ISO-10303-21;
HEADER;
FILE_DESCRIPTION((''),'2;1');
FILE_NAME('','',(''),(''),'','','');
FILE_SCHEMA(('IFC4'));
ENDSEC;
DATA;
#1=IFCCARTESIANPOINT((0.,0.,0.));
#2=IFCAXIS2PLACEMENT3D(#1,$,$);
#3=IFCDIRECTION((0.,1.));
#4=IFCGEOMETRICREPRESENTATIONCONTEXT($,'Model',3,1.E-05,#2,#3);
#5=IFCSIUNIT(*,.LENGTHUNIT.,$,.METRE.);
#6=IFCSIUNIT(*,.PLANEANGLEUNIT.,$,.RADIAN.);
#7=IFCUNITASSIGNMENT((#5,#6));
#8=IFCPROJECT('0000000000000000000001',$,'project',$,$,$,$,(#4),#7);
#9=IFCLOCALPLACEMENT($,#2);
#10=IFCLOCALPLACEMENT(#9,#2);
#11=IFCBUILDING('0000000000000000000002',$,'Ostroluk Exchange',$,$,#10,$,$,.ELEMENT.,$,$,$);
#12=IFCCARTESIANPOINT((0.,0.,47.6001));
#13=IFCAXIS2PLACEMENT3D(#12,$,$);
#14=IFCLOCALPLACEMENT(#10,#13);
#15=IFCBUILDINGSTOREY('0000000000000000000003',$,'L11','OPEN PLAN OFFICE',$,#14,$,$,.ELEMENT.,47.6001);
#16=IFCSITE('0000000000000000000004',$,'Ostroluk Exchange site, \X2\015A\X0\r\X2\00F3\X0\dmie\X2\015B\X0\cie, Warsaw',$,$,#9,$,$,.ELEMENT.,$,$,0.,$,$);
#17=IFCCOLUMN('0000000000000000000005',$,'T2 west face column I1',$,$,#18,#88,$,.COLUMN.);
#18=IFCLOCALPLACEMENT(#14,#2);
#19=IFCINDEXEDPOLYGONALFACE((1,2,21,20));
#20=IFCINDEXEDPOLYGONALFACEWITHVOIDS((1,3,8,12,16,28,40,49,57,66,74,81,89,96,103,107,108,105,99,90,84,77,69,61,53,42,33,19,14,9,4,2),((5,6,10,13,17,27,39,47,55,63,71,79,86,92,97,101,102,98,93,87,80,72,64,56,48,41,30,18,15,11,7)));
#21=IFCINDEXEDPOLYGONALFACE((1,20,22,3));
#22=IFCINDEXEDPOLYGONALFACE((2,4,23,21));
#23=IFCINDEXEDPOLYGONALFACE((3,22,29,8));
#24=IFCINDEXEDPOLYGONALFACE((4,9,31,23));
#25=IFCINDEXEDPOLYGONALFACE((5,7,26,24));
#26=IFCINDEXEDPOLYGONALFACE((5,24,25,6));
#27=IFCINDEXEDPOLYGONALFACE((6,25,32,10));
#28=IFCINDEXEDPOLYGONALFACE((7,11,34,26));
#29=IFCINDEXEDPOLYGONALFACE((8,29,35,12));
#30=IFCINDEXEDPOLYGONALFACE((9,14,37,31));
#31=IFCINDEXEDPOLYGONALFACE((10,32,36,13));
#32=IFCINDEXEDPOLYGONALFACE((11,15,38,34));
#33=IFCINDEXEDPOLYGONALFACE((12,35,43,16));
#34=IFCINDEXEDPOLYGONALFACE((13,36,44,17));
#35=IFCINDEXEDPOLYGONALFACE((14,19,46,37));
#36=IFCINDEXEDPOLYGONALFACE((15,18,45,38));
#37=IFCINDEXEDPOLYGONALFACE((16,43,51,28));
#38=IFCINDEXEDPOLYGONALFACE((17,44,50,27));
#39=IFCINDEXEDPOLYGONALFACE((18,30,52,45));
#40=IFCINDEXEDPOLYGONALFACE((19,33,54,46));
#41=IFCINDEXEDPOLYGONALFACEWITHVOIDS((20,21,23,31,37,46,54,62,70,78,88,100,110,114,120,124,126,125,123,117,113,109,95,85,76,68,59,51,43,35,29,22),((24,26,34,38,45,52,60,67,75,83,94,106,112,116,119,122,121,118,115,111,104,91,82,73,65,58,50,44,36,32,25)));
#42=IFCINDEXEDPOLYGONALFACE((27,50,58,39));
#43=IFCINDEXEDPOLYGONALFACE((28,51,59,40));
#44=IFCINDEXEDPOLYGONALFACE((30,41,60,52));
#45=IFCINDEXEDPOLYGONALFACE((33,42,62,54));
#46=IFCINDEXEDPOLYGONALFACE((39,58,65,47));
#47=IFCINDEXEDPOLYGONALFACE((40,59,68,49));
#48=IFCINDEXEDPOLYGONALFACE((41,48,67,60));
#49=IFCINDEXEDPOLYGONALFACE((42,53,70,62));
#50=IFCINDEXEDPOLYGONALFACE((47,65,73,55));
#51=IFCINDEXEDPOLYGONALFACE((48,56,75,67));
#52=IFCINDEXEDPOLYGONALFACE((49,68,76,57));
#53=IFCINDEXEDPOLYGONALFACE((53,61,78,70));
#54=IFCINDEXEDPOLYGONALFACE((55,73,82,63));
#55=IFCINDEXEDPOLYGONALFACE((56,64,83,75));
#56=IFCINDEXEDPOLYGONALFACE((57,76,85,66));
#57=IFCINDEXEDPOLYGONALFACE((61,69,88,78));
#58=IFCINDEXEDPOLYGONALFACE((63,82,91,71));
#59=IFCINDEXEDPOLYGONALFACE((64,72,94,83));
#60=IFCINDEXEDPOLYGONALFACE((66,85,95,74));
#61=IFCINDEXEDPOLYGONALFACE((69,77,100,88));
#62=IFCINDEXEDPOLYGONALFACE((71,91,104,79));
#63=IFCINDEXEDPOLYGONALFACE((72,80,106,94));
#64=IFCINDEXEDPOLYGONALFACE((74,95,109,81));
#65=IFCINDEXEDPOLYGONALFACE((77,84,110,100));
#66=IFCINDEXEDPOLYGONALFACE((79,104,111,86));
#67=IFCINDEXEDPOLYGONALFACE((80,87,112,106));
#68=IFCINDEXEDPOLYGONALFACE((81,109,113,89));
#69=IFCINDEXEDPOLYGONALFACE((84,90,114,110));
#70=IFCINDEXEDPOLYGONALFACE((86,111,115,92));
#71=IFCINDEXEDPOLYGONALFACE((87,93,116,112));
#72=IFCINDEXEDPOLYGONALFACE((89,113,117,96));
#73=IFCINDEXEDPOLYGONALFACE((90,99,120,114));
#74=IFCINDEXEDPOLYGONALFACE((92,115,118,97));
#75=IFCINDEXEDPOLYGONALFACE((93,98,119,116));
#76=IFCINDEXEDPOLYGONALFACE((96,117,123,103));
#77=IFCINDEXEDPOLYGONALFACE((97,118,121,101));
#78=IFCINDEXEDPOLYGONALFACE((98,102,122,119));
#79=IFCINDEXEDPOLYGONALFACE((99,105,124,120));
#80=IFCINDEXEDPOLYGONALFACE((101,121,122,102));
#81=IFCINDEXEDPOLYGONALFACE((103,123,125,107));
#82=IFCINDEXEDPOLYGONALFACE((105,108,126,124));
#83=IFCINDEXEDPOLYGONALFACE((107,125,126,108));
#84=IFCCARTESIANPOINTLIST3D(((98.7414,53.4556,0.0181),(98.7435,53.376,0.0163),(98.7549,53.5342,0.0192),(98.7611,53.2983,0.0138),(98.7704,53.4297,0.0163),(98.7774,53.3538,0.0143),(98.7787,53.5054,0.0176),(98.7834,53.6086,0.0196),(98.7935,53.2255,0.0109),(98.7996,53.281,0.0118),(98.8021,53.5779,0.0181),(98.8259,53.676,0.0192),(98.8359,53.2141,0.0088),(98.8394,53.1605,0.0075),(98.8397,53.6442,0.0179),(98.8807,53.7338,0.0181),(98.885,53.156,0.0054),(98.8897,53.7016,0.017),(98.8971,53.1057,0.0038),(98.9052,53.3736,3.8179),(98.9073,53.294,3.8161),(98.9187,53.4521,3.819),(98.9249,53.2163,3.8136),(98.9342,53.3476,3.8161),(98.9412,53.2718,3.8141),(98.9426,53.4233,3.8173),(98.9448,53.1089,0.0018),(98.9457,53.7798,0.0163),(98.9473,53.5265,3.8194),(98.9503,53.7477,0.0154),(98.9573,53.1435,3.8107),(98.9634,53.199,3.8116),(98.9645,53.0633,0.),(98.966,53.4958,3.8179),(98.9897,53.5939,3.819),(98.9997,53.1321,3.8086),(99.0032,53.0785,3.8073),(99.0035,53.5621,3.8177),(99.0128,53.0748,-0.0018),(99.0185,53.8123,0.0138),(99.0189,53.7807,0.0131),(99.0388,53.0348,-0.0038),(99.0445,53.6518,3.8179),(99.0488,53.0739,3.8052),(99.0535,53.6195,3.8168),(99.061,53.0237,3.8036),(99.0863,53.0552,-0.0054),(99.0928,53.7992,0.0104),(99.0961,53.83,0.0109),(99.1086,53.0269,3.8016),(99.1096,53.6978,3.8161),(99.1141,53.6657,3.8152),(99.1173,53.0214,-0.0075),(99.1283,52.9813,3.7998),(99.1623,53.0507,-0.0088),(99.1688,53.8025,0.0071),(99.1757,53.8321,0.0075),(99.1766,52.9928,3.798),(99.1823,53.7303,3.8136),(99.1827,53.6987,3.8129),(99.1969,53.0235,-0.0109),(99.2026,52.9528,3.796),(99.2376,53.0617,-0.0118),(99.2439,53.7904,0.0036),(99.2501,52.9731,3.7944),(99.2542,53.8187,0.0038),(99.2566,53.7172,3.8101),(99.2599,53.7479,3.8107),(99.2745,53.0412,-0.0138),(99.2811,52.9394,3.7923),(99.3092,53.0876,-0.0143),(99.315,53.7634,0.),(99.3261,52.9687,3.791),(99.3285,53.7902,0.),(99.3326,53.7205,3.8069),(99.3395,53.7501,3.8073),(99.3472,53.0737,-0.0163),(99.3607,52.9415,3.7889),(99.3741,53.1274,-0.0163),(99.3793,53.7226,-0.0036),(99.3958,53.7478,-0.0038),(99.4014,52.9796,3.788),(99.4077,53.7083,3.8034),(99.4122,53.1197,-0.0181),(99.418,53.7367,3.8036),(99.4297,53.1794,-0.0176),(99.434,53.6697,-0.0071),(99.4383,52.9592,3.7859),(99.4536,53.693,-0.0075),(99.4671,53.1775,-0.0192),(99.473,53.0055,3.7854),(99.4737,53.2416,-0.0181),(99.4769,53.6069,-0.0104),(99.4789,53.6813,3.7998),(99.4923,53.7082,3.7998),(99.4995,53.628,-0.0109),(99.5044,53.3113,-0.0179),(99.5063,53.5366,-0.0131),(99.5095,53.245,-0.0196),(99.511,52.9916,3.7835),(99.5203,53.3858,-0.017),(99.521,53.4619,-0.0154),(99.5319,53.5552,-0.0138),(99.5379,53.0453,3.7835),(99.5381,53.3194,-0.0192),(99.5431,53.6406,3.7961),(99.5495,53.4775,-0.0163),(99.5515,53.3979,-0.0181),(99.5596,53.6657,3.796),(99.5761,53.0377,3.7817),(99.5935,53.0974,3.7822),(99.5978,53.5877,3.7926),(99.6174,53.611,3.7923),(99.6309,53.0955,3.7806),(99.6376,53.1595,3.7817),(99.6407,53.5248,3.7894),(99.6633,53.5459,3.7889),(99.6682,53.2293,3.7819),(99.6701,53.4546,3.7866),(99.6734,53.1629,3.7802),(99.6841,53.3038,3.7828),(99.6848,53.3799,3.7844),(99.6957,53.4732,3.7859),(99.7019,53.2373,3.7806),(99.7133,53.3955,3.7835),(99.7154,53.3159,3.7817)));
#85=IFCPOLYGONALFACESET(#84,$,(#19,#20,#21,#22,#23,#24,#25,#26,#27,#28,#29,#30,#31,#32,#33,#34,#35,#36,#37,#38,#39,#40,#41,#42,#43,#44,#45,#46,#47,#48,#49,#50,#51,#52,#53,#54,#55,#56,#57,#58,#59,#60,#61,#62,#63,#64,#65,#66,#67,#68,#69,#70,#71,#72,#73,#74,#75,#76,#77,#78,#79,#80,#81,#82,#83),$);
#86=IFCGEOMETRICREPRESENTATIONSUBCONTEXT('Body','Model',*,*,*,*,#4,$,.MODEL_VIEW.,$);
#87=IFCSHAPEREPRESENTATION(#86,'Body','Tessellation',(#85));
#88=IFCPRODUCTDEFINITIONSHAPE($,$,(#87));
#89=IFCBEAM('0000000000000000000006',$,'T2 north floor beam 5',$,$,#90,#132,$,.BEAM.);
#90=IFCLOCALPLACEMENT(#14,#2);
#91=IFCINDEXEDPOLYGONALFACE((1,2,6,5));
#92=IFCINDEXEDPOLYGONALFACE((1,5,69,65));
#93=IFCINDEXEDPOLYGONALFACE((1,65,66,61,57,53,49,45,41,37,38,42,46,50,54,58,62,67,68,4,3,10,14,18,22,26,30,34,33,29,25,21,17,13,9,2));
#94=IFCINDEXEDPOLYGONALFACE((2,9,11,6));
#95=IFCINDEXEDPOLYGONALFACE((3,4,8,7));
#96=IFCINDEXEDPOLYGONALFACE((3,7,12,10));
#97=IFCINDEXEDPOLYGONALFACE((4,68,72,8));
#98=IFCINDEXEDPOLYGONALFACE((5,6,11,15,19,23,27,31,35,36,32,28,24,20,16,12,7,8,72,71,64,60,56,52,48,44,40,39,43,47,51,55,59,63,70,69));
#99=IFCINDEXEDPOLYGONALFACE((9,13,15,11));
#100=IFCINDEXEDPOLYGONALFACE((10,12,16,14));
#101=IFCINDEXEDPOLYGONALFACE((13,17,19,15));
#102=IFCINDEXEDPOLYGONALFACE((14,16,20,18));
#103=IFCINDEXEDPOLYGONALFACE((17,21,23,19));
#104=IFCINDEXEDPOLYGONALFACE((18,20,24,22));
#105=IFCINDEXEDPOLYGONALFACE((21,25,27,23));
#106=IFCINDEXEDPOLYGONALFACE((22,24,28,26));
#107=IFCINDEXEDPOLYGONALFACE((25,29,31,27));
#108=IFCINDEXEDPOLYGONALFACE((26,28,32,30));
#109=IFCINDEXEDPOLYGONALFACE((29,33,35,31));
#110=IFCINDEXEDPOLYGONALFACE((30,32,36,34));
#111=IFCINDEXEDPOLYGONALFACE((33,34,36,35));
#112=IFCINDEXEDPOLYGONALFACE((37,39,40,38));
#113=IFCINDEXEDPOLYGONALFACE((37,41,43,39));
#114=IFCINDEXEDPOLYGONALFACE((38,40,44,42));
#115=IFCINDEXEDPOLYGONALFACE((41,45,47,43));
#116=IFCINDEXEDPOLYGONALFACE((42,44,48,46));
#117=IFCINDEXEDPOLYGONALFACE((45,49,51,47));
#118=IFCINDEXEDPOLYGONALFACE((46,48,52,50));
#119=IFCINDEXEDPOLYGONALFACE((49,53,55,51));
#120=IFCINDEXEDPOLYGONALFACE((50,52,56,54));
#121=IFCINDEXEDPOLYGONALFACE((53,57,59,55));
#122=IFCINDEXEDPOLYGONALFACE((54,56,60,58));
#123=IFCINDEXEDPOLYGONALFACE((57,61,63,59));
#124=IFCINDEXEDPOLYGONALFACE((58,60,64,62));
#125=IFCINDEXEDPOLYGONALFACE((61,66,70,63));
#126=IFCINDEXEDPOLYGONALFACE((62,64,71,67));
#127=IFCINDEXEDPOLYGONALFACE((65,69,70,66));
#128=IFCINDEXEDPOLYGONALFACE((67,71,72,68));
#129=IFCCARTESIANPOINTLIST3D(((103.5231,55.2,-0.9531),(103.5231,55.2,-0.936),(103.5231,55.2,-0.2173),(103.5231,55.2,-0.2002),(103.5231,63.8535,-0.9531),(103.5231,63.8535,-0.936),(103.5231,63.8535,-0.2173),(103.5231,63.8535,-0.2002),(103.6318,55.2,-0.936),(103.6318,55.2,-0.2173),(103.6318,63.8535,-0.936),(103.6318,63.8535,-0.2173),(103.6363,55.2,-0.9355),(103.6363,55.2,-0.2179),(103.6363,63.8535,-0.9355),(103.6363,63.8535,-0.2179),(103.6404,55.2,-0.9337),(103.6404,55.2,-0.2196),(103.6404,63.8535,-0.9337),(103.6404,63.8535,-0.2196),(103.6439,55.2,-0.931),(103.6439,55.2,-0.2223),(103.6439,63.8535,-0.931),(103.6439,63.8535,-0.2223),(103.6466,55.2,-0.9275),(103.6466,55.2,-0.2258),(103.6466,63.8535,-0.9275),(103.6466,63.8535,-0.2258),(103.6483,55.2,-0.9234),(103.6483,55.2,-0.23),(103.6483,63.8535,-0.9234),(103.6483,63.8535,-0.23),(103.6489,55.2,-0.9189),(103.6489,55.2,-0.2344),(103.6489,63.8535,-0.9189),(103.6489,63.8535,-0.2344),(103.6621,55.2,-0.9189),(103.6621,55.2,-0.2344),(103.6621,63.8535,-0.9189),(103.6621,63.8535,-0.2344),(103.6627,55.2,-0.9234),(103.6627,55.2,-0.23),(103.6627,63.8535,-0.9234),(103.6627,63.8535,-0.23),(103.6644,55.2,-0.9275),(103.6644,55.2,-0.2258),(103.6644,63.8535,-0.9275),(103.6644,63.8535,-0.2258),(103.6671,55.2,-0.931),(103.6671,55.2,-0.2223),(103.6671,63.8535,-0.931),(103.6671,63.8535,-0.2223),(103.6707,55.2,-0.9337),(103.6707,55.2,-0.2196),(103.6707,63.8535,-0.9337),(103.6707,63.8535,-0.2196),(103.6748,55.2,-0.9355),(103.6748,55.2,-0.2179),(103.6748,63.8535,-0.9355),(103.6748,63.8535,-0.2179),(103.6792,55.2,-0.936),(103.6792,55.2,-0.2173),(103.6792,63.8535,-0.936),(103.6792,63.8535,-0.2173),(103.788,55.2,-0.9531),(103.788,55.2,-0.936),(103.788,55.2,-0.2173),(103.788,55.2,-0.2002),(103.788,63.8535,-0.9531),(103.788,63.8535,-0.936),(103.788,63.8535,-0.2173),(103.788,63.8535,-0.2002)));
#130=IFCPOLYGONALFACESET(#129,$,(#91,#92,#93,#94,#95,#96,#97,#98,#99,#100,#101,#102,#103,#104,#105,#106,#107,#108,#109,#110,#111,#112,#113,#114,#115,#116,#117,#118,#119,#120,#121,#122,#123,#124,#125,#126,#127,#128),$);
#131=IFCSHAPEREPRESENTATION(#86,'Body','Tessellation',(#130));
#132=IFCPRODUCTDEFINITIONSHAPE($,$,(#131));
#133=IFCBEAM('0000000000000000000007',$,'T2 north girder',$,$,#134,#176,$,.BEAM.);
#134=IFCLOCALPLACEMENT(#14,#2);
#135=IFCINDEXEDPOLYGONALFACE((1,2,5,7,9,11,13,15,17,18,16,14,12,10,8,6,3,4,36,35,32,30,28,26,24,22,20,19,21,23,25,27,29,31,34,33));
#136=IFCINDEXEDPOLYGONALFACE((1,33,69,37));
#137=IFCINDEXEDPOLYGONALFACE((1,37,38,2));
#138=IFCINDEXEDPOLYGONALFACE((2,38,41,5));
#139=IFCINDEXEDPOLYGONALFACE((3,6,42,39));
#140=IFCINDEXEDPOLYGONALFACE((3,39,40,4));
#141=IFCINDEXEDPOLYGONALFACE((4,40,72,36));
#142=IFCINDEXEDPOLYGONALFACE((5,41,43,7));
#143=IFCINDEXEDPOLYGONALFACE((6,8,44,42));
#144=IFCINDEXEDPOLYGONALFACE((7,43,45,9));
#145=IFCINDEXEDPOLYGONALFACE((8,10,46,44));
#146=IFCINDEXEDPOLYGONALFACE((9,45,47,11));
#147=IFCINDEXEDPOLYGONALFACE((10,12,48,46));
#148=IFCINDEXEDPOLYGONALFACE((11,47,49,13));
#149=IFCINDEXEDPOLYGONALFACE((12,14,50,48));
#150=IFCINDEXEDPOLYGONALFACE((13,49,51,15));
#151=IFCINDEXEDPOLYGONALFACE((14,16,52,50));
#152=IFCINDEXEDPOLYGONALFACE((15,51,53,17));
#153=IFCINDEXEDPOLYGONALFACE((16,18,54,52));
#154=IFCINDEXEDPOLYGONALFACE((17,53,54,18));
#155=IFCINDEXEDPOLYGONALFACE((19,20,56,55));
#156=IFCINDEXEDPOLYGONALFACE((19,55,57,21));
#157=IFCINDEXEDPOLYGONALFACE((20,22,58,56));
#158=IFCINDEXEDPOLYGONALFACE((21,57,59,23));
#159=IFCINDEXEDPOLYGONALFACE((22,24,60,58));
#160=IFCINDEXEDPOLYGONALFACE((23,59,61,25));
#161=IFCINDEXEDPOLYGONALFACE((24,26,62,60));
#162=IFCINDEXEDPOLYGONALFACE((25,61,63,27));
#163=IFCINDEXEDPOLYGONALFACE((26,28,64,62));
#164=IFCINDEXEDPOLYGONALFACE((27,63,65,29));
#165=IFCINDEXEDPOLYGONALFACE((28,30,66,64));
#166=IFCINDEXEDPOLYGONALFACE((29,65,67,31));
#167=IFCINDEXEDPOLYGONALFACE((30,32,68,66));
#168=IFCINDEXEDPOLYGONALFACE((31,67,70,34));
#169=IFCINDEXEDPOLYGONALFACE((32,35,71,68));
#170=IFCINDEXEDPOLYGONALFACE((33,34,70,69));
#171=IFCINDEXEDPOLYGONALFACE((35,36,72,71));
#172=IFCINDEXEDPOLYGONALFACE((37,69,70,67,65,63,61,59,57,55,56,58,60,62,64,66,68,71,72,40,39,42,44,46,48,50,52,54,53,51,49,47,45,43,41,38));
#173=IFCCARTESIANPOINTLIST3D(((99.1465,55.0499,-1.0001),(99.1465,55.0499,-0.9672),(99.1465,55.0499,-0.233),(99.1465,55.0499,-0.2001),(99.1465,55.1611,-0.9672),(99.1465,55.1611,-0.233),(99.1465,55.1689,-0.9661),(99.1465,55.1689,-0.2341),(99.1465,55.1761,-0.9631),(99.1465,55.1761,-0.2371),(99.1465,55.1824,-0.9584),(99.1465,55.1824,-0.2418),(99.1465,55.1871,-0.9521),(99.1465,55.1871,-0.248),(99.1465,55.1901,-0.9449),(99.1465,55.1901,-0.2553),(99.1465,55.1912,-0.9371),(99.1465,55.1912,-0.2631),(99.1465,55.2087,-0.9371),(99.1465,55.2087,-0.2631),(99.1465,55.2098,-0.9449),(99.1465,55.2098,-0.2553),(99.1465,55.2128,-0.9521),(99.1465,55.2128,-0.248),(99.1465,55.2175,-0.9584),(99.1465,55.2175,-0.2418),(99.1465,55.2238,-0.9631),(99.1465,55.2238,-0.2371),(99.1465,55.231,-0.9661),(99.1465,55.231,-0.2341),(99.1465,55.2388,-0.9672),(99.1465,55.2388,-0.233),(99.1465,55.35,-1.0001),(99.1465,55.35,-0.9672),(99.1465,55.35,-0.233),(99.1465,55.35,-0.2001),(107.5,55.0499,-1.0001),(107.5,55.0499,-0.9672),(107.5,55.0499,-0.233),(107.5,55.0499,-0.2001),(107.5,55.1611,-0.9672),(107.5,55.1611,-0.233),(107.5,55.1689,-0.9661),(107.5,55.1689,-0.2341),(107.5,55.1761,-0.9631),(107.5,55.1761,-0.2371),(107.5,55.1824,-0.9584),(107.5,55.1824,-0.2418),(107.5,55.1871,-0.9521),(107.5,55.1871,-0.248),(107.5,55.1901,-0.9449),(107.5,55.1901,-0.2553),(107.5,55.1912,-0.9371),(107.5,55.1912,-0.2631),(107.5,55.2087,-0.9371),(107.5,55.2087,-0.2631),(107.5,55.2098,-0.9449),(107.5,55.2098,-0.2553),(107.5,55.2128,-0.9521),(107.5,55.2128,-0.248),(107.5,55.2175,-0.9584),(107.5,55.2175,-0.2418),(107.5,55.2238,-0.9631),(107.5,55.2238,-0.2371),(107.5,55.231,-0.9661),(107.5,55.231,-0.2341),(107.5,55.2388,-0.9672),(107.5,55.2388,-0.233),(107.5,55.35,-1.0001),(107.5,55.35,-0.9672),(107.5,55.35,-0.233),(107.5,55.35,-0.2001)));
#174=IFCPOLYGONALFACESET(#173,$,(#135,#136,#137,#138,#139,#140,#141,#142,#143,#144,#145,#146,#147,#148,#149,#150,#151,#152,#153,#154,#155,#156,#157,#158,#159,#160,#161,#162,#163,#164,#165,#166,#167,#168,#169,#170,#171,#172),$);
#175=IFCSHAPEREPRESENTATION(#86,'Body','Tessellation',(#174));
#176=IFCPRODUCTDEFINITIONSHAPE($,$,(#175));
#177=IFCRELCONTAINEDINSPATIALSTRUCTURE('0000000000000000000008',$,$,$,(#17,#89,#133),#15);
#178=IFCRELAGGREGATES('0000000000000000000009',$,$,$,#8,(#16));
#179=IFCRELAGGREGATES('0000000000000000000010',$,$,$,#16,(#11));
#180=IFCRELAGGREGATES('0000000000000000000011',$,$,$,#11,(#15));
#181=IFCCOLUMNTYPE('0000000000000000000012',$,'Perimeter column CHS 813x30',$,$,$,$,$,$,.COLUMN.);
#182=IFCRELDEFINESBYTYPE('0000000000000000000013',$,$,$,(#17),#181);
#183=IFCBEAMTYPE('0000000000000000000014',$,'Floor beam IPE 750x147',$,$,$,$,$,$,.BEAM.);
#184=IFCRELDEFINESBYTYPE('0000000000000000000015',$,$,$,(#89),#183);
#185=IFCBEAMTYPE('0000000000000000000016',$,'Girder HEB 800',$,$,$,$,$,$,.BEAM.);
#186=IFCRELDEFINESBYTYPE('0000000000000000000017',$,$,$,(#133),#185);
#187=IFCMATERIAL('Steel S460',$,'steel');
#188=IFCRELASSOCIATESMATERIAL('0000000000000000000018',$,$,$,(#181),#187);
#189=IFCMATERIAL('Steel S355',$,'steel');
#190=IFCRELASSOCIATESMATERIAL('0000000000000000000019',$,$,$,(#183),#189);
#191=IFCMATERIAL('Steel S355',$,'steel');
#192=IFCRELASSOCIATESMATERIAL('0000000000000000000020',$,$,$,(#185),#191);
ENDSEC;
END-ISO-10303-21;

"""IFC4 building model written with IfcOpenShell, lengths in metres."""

from ifc_helpers import new_model, si_unit, direction, frame, origin, origin_2d, place, context, subcontext, project, spatial, hollow_circle, i_section, extrude, material, material_profile, profile_set, type_object, element, save


model = new_model("IFC4")

# Units and contexts
model_context = context("Model", 3, precision=1e-05, world=origin(), true_north=direction((0.0, 1.0)))
body_context = subcontext(model_context, "Body", "Model", "MODEL_VIEW")
ifc_project = project(units=[si_unit("LENGTHUNIT", "METRE"), si_unit("PLANEANGLEUNIT", "RADIAN")], contexts=[model_context])

# Site, building, storey
site_placement = place(None, origin())
site = spatial("IfcSite", under=ifc_project, at=site_placement, Name="Ostroluk Exchange site, Śródmieście, Warsaw", CompositionType="ELEMENT", RefElevation=0.0)
building_placement = place(site_placement, origin())
building = spatial("IfcBuilding", under=site, at=building_placement, Name="Ostroluk Exchange", CompositionType="ELEMENT")
storey_placement = place(building_placement, frame((0.0, 0.0, 47.6001)))
storey = spatial("IfcBuildingStorey", under=building, at=storey_placement, Name="L11", Description="OPEN PLAN OFFICE", CompositionType="ELEMENT", Elevation=47.6001)

# Column
ifc_material_1 = material(Name="Steel S460", Category="steel")
ifc_material_profile_1 = material_profile(ifc_material_1, hollow_circle(Radius=0.4065, WallThickness=0.03, at=origin_2d()), Name="CHS 813x30")
ifc_profile_set_1 = profile_set([ifc_material_profile_1], Name="Steel S460")
column_type = type_object("IfcColumnType", Name="Perimeter column CHS 813x30", PredefinedType="COLUMN", material=ifc_profile_set_1)
column_placement = place(storey_placement, frame((99.1465, 53.4268, 0.0), z_axis=(0.043062, -0.021563, 0.99884), x_axis=(0.447747, 0.894161, 0.0)))
element("IfcColumn", 1, at=column_placement, inside=storey, type_object=column_type, Name="T2 west face column I1", PredefinedType="COLUMN", context=body_context, shape_type="SweptSolid", body=[
    extrude(hollow_circle(Radius=0.4065, WallThickness=0.03, at=origin_2d()), origin(), (0.0, 0.0, 1.0), 3.8042),
])

# Beams
ifc_material_2 = material(Name="Steel S355", Category="steel")
ifc_material_profile_2 = material_profile(ifc_material_2, i_section(OverallWidth=0.2649, OverallDepth=0.7529, WebThickness=0.0132, FlangeThickness=0.0171, FilletRadius=0.0171, at=origin_2d()), Name="IPE 750x147")
ifc_profile_set_2 = profile_set([ifc_material_profile_2], Name="Steel S355")
beam_type_1 = type_object("IfcBeamType", Name="Floor beam IPE 750x147", PredefinedType="BEAM", material=ifc_profile_set_2)
beam_1_placement = place(storey_placement, frame((103.6555, 55.2, -0.5767), z_axis=(0.0, 1.0, 0.0), x_axis=(-1.0, 0.0, 0.0)))
element("IfcBeam", 2, at=beam_1_placement, inside=storey, type_object=beam_type_1, Name="T2 north floor beam 5", PredefinedType="BEAM", context=body_context, shape_type="SweptSolid", body=[
    extrude(i_section(OverallWidth=0.2649, OverallDepth=0.7529, WebThickness=0.0132, FlangeThickness=0.0171, FilletRadius=0.0171, at=origin_2d()), origin(), (0.0, 0.0, 1.0), 8.6536),
])
ifc_material_3 = material(Name="Steel S355", Category="steel")
ifc_material_profile_3 = material_profile(ifc_material_3, i_section(OverallWidth=0.3, OverallDepth=0.8, WebThickness=0.0176, FlangeThickness=0.033, FilletRadius=0.03, at=origin_2d()), Name="HEB 800")
ifc_profile_set_3 = profile_set([ifc_material_profile_3], Name="Steel S355")
beam_type_2 = type_object("IfcBeamType", Name="Girder HEB 800", PredefinedType="BEAM", material=ifc_profile_set_3)
beam_2_placement = place(storey_placement, frame((107.5, 55.2, -0.6001), z_axis=(-1.0, 0.0, 0.0), x_axis=(0.0, -1.0, 0.0)))
element("IfcBeam", 3, at=beam_2_placement, inside=storey, type_object=beam_type_2, Name="T2 north girder", PredefinedType="BEAM", context=body_context, shape_type="SweptSolid", body=[
    extrude(i_section(OverallWidth=0.3, OverallDepth=0.8, WebThickness=0.0176, FlangeThickness=0.033, FilletRadius=0.03, at=origin_2d()), origin(), (0.0, 0.0, 1.0), 8.3535),
])

save(model, "model.ifc")
